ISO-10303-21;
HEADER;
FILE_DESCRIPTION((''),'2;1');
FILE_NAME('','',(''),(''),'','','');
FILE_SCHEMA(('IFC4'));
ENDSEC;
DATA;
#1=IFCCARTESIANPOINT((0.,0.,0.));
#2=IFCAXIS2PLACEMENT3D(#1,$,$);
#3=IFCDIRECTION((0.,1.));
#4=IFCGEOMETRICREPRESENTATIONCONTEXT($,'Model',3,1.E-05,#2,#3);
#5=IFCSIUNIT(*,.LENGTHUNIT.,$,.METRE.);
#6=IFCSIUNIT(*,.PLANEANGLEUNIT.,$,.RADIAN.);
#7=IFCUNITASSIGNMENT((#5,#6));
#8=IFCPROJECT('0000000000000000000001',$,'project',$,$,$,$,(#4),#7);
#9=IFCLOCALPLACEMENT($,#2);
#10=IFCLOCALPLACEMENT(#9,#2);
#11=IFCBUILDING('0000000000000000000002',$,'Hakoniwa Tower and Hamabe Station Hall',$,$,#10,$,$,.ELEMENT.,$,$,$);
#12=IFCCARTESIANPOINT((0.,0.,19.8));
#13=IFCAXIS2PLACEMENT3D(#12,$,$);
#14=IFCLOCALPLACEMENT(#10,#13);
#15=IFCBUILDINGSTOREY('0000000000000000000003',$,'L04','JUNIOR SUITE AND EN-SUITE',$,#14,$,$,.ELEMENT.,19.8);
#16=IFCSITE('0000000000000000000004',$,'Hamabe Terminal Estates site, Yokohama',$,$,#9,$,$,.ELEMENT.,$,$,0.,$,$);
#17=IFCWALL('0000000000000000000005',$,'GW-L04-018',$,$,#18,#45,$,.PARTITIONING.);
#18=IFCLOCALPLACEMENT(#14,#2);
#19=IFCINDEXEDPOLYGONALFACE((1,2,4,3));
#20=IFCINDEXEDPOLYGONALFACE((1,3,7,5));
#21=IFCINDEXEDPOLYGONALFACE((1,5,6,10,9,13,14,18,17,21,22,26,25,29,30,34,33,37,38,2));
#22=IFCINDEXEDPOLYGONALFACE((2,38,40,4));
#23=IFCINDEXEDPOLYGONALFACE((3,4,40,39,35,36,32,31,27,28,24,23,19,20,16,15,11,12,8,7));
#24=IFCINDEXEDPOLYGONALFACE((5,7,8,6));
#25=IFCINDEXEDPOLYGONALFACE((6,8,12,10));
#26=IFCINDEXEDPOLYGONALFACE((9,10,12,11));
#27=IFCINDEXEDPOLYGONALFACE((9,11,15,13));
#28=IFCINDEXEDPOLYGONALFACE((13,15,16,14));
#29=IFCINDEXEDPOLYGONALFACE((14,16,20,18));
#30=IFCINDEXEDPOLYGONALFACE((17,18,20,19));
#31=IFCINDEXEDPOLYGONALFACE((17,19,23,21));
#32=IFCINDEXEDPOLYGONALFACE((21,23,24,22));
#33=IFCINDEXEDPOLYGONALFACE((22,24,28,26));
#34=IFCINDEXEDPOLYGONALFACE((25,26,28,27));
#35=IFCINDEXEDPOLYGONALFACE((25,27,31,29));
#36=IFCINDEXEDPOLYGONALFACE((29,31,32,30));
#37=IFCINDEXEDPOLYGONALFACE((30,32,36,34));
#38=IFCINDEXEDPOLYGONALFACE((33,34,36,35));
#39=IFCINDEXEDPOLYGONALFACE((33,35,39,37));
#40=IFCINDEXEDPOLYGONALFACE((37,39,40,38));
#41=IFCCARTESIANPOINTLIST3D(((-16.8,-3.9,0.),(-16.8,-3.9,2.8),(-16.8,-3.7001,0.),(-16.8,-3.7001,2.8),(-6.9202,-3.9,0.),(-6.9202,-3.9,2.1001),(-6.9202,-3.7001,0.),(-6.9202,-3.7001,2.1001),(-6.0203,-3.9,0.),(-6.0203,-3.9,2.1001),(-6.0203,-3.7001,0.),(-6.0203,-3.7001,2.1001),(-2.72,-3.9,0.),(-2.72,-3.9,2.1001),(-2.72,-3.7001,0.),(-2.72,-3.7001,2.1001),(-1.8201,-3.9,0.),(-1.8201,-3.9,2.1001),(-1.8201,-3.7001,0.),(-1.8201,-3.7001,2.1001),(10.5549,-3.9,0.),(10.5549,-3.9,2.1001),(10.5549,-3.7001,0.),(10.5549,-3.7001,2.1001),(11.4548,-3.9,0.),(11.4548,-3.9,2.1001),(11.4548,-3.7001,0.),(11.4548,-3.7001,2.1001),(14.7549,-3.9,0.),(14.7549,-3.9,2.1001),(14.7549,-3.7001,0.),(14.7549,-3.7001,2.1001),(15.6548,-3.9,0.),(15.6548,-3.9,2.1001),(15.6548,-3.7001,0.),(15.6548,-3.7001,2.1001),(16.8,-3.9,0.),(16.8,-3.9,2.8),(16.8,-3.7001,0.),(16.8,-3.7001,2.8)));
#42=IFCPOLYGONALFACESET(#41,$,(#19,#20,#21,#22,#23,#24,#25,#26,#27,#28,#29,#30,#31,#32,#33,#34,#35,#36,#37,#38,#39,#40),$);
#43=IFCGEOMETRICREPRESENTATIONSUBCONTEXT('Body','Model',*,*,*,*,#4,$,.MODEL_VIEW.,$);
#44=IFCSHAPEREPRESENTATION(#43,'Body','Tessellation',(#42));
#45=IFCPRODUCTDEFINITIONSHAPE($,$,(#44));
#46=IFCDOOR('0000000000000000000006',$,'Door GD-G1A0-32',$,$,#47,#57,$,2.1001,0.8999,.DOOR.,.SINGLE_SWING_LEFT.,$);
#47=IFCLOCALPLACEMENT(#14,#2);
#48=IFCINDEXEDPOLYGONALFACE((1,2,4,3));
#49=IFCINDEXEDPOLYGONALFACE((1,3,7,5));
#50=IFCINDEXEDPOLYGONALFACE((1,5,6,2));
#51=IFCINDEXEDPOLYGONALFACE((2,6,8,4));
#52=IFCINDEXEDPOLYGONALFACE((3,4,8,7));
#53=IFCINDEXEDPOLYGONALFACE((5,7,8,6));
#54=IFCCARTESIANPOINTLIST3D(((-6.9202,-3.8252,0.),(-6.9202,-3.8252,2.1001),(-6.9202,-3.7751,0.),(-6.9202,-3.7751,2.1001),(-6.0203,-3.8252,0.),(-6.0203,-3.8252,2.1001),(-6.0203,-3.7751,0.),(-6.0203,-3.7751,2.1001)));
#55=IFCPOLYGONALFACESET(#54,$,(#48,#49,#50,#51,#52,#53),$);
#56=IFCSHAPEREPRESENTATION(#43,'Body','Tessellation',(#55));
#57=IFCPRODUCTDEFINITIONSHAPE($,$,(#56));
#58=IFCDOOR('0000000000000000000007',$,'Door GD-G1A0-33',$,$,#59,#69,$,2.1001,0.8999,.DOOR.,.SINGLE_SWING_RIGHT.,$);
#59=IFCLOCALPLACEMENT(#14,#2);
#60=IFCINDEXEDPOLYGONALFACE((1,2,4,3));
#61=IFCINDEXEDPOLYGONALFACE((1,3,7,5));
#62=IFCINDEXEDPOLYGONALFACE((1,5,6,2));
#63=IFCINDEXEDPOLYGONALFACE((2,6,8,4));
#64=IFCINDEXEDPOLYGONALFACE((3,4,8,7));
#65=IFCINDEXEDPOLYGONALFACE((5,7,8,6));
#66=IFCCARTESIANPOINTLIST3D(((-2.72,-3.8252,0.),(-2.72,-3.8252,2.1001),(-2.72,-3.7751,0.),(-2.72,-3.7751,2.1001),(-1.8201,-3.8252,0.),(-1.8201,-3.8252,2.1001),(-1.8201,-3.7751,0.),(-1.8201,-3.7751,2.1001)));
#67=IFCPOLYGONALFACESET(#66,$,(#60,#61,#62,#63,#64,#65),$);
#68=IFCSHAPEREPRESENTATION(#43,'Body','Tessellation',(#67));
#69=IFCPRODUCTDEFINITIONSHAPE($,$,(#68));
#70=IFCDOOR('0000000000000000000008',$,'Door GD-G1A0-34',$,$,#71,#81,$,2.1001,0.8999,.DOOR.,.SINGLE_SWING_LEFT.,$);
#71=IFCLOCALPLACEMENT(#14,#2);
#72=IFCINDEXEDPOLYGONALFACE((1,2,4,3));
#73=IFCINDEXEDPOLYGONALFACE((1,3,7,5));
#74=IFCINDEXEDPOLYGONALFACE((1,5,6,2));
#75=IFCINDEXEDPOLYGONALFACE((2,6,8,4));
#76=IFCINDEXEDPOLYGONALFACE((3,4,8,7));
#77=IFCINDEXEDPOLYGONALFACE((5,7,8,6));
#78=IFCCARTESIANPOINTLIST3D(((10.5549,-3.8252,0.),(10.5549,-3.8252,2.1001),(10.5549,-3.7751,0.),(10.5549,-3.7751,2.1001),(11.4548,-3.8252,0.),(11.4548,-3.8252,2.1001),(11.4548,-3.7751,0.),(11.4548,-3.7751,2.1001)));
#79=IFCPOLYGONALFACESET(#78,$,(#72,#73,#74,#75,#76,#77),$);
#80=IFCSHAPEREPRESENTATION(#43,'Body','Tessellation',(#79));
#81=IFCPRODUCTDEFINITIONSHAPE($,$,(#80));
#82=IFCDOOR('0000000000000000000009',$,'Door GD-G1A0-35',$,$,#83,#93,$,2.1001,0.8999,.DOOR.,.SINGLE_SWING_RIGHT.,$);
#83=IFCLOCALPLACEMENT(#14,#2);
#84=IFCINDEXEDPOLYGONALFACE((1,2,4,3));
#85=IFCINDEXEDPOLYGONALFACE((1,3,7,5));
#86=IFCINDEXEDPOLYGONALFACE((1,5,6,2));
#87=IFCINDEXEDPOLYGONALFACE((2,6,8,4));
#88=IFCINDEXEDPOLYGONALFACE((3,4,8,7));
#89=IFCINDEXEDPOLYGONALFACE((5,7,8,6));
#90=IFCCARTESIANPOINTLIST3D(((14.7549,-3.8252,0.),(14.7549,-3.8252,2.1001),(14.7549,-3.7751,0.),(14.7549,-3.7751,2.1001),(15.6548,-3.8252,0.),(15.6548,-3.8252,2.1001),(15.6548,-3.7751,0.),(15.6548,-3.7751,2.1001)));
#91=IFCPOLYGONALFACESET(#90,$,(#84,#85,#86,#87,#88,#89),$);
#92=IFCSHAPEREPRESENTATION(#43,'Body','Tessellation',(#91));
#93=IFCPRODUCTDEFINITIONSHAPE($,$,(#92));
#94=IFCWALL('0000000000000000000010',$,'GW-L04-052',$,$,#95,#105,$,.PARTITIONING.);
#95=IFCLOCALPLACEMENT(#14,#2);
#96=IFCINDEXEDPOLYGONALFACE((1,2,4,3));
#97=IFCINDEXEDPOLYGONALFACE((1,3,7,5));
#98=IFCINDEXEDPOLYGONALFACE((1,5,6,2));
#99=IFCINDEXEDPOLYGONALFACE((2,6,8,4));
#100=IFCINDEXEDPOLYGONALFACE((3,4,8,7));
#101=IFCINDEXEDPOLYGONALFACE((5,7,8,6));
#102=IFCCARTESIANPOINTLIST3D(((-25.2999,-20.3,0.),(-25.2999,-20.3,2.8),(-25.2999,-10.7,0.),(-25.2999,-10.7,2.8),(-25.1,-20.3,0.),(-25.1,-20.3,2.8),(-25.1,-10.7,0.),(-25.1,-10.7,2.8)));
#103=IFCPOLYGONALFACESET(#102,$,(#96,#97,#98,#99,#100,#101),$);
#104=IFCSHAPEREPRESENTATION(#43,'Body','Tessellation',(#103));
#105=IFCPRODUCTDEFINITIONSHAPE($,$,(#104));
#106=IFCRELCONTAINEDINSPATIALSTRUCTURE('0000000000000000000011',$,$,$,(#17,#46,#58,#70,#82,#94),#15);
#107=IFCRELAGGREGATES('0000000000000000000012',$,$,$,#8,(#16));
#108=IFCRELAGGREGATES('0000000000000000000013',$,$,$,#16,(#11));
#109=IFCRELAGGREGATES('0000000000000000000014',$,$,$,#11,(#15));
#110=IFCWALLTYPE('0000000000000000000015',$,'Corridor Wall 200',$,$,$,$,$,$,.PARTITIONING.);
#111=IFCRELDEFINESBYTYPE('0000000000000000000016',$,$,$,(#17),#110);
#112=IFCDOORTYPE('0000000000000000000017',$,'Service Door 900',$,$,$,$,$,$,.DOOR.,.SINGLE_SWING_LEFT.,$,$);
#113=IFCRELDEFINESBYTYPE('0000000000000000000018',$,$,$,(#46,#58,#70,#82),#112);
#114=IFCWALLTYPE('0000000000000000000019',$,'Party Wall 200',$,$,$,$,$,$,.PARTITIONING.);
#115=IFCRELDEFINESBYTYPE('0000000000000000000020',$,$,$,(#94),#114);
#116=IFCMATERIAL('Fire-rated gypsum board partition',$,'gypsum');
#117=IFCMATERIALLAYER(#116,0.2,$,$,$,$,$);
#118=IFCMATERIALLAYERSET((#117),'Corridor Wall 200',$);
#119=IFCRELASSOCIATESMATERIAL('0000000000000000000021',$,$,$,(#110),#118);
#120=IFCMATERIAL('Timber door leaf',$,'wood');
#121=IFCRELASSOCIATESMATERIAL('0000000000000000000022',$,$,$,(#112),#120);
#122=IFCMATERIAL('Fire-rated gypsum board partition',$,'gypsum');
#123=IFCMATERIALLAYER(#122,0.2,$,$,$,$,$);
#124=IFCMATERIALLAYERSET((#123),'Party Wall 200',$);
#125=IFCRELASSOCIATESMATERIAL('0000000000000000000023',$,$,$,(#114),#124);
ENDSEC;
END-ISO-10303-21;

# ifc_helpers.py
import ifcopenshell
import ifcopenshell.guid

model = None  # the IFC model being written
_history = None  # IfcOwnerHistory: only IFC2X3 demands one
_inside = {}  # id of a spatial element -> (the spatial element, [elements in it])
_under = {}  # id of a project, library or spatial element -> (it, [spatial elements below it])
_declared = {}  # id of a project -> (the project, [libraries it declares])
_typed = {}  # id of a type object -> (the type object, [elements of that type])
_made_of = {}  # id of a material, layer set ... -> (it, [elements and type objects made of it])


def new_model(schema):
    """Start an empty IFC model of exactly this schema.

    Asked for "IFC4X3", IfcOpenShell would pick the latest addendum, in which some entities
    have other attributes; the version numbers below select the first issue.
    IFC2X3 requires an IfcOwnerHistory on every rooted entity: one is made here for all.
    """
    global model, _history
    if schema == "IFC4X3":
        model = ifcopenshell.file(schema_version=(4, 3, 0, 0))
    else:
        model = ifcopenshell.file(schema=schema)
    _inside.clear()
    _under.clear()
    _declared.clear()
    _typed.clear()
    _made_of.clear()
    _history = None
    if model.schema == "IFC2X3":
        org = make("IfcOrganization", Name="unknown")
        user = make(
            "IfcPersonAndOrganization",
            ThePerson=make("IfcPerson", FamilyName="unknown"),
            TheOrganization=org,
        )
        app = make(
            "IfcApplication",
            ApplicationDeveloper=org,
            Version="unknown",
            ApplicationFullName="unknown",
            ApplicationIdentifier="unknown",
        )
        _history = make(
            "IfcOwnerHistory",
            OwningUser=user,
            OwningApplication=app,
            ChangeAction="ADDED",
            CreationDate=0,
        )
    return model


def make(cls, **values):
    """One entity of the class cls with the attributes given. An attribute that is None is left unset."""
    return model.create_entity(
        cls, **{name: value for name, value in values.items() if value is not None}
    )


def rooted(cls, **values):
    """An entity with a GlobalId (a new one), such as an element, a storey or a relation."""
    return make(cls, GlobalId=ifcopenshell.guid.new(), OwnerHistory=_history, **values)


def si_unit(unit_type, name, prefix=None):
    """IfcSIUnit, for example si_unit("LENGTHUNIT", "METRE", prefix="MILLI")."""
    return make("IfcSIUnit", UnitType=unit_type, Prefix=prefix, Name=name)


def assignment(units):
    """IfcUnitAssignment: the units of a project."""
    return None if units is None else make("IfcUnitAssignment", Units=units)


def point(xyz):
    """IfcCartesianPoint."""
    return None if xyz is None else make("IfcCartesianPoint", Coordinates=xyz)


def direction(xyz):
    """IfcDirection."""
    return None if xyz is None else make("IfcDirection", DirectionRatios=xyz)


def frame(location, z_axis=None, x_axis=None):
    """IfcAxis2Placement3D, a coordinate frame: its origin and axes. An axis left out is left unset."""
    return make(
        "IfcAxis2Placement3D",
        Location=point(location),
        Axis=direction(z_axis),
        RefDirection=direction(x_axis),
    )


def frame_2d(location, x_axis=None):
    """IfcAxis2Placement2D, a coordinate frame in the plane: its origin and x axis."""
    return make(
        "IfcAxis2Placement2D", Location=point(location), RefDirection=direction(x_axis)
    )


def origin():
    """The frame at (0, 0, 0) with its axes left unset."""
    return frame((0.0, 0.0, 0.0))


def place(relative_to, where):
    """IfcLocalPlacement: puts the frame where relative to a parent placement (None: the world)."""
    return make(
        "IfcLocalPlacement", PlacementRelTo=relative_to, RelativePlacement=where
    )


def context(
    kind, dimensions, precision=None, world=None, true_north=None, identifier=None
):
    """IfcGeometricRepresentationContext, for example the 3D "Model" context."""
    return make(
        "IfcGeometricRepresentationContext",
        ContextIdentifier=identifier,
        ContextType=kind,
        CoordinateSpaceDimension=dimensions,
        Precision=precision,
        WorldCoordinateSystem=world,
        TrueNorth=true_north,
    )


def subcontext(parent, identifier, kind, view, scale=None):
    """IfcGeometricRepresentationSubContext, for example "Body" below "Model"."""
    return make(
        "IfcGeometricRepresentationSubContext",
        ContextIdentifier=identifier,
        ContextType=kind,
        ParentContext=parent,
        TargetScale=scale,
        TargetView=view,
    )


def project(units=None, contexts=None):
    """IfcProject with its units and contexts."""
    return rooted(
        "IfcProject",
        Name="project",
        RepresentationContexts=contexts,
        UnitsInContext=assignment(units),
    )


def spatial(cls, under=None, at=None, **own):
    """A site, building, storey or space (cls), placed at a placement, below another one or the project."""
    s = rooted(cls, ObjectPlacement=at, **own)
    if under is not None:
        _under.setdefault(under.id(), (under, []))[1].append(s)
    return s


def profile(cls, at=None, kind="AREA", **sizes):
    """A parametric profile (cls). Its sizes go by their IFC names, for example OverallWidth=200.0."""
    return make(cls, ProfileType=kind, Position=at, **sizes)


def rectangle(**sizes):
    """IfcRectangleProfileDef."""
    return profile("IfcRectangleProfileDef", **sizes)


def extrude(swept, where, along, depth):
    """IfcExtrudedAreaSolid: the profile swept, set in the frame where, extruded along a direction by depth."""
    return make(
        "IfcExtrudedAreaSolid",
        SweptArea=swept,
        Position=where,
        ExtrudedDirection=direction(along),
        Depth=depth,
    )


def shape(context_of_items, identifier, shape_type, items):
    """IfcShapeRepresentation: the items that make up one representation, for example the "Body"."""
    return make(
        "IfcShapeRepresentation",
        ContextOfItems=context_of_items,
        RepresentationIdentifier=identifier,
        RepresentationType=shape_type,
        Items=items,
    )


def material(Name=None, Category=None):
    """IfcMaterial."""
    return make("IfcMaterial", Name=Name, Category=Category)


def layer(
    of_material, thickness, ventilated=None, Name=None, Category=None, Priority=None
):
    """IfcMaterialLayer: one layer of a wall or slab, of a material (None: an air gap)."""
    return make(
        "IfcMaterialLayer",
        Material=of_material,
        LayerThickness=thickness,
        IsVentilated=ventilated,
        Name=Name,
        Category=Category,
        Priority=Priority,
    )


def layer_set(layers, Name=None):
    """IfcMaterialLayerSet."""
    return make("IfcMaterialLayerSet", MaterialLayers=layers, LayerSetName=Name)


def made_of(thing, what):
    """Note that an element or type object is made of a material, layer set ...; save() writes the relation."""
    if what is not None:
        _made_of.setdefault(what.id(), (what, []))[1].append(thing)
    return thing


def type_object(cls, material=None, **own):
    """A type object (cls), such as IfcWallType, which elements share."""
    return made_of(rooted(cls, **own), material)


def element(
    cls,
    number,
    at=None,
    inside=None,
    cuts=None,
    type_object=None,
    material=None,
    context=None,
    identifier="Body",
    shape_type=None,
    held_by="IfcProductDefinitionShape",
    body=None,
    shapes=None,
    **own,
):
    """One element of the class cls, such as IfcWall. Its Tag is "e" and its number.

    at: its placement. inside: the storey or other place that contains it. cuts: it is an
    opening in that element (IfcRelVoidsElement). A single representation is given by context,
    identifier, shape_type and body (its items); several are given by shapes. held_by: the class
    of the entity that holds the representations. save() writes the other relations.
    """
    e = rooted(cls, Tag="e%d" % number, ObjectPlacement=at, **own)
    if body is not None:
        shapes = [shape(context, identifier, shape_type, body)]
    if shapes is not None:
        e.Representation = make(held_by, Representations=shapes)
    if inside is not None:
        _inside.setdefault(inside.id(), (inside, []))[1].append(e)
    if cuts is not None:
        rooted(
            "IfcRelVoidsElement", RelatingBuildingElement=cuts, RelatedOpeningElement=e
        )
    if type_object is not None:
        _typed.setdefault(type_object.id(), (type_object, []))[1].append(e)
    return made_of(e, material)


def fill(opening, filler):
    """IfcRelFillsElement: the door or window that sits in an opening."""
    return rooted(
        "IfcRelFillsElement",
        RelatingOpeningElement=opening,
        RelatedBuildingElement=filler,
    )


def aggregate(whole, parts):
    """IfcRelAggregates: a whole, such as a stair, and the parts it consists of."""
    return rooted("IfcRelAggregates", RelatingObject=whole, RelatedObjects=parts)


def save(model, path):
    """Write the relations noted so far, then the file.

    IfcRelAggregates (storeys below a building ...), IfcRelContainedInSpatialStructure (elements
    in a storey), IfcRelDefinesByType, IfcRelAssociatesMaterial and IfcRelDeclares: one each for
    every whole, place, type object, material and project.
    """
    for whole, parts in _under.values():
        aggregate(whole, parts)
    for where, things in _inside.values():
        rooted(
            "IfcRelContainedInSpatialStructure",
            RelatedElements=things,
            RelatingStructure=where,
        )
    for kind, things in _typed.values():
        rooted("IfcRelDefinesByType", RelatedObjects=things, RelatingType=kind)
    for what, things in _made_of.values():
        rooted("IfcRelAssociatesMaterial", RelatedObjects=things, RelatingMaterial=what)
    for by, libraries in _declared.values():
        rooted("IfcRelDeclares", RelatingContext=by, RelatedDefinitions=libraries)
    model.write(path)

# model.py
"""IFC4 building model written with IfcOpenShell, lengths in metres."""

from ifc_helpers import new_model, si_unit, direction, frame, frame_2d, origin, place, context, subcontext, project, spatial, rectangle, extrude, material, layer, layer_set, type_object, element, fill, save


model = new_model("IFC4")

# Units and contexts
model_context = context("Model", 3, precision=1e-05, world=origin(), true_north=direction((0.0, 1.0)))
body_context = subcontext(model_context, "Body", "Model", "MODEL_VIEW")
ifc_project = project(units=[si_unit("LENGTHUNIT", "METRE"), si_unit("PLANEANGLEUNIT", "RADIAN")], contexts=[model_context])

# Site, building, storey
site_placement = place(None, origin())
site = spatial("IfcSite", under=ifc_project, at=site_placement, Name="Hamabe Terminal Estates site, Yokohama", CompositionType="ELEMENT", RefElevation=0.0)
building_placement = place(site_placement, origin())
building = spatial("IfcBuilding", under=site, at=building_placement, Name="Hakoniwa Tower and Hamabe Station Hall", CompositionType="ELEMENT")
storey_placement = place(building_placement, frame((0.0, 0.0, 19.8)))
storey = spatial("IfcBuildingStorey", under=building, at=storey_placement, Name="L04", Description="JUNIOR SUITE AND EN-SUITE", CompositionType="ELEMENT", Elevation=19.8)

# Wall, openings, doors
ifc_material_1 = material(Name="Fire-rated gypsum board partition", Category="gypsum")
ifc_layer_1 = layer(ifc_material_1, 0.2)
ifc_layer_set_1 = layer_set([ifc_layer_1], Name="Corridor Wall 200")
wall_type_1 = type_object("IfcWallType", Name="Corridor Wall 200", PredefinedType="PARTITIONING", material=ifc_layer_set_1)
wall_1_placement = place(storey_placement, frame((-16.8, -3.8, 0.0), z_axis=(0.0, 0.0, 1.0), x_axis=(1.0, 0.0, 0.0)))
wall_1 = element("IfcWall", 1, at=wall_1_placement, inside=storey, type_object=wall_type_1, Name="GW-L04-018", PredefinedType="PARTITIONING", context=body_context, shape_type="SweptSolid", body=[
    extrude(rectangle(XDim=33.6001, YDim=0.2, at=frame_2d((16.8, 0.0))), origin(), (0.0, 0.0, 1.0), 2.8),
])
opening_1_placement = place(wall_1_placement, frame((9.8799, 0.0, 0.0)))
opening_1 = element("IfcOpeningElement", 2, at=opening_1_placement, cuts=wall_1, PredefinedType="OPENING", context=body_context, shape_type="SweptSolid", body=[
    extrude(rectangle(XDim=0.8999, YDim=2.1001, at=frame_2d((0.45, 1.05))), frame((0.0, 0.1099, 0.0), z_axis=(0.0, -1.0, 0.0), x_axis=(1.0, 0.0, 0.0)), (0.0, 0.0, 1.0), 0.22),
])
opening_2_placement = place(wall_1_placement, frame((14.0801, 0.0, 0.0)))
opening_2 = element("IfcOpeningElement", 3, at=opening_2_placement, cuts=wall_1, PredefinedType="OPENING", context=body_context, shape_type="SweptSolid", body=[
    extrude(rectangle(XDim=0.8999, YDim=2.1001, at=frame_2d((0.45, 1.05))), frame((0.0, 0.1099, 0.0), z_axis=(0.0, -1.0, 0.0), x_axis=(1.0, 0.0, 0.0)), (0.0, 0.0, 1.0), 0.22),
])
opening_3_placement = place(wall_1_placement, frame((27.355, 0.0, 0.0)))
opening_3 = element("IfcOpeningElement", 4, at=opening_3_placement, cuts=wall_1, PredefinedType="OPENING", context=body_context, shape_type="SweptSolid", body=[
    extrude(rectangle(XDim=0.8999, YDim=2.1001, at=frame_2d((0.45, 1.05))), frame((0.0, 0.1099, 0.0), z_axis=(0.0, -1.0, 0.0), x_axis=(1.0, 0.0, 0.0)), (0.0, 0.0, 1.0), 0.22),
])
opening_4_placement = place(wall_1_placement, frame((31.5549, 0.0, 0.0)))
opening_4 = element("IfcOpeningElement", 5, at=opening_4_placement, cuts=wall_1, PredefinedType="OPENING", context=body_context, shape_type="SweptSolid", body=[
    extrude(rectangle(XDim=0.8999, YDim=2.1001, at=frame_2d((0.45, 1.05))), frame((0.0, 0.1099, 0.0), z_axis=(0.0, -1.0, 0.0), x_axis=(1.0, 0.0, 0.0)), (0.0, 0.0, 1.0), 0.22),
])
ifc_material_2 = material(Name="Timber door leaf", Category="wood")
door_type_1 = type_object("IfcDoorType", Name="Service Door 900", OperationType="SINGLE_SWING_LEFT", PredefinedType="DOOR", material=ifc_material_2)
door_1_placement = place(opening_1_placement, origin())
door_1 = element("IfcDoor", 6, at=door_1_placement, inside=storey, type_object=door_type_1, Name="Door GD-G1A0-32", OperationType="SINGLE_SWING_LEFT", OverallHeight=2.1001, OverallWidth=0.8999, PredefinedType="DOOR", context=body_context, shape_type="SweptSolid", body=[
    extrude(rectangle(XDim=0.8999, YDim=2.1001, at=frame_2d((0.45, 1.05))), frame((0.0, 0.0249, 0.0), z_axis=(0.0, -1.0, 0.0), x_axis=(1.0, 0.0, 0.0)), (0.0, 0.0, 1.0), 0.05),
])
fill(opening_1, door_1)
door_2_placement = place(opening_2_placement, origin())
door_2 = element("IfcDoor", 7, at=door_2_placement, inside=storey, type_object=door_type_1, Name="Door GD-G1A0-33", OperationType="SINGLE_SWING_RIGHT", OverallHeight=2.1001, OverallWidth=0.8999, PredefinedType="DOOR", context=body_context, shape_type="SweptSolid", body=[
    extrude(rectangle(XDim=0.8999, YDim=2.1001, at=frame_2d((0.45, 1.05))), frame((0.0, 0.0249, 0.0), z_axis=(0.0, -1.0, 0.0), x_axis=(1.0, 0.0, 0.0)), (0.0, 0.0, 1.0), 0.05),
])
fill(opening_2, door_2)
door_3_placement = place(opening_3_placement, origin())
door_3 = element("IfcDoor", 8, at=door_3_placement, inside=storey, type_object=door_type_1, Name="Door GD-G1A0-34", OperationType="SINGLE_SWING_LEFT", OverallHeight=2.1001, OverallWidth=0.8999, PredefinedType="DOOR", context=body_context, shape_type="SweptSolid", body=[
    extrude(rectangle(XDim=0.8999, YDim=2.1001, at=frame_2d((0.45, 1.05))), frame((0.0, 0.0249, 0.0), z_axis=(0.0, -1.0, 0.0), x_axis=(1.0, 0.0, 0.0)), (0.0, 0.0, 1.0), 0.05),
])
fill(opening_3, door_3)
door_4_placement = place(opening_4_placement, origin())
door_4 = element("IfcDoor", 9, at=door_4_placement, inside=storey, type_object=door_type_1, Name="Door GD-G1A0-35", OperationType="SINGLE_SWING_RIGHT", OverallHeight=2.1001, OverallWidth=0.8999, PredefinedType="DOOR", context=body_context, shape_type="SweptSolid", body=[
    extrude(rectangle(XDim=0.8999, YDim=2.1001, at=frame_2d((0.45, 1.05))), frame((0.0, 0.0249, 0.0), z_axis=(0.0, -1.0, 0.0), x_axis=(1.0, 0.0, 0.0)), (0.0, 0.0, 1.0), 0.05),
])
fill(opening_4, door_4)

# Wall
ifc_material_3 = material(Name="Fire-rated gypsum board partition", Category="gypsum")
ifc_layer_2 = layer(ifc_material_3, 0.2)
ifc_layer_set_2 = layer_set([ifc_layer_2], Name="Party Wall 200")
wall_type_2 = type_object("IfcWallType", Name="Party Wall 200", PredefinedType="PARTITIONING", material=ifc_layer_set_2)
wall_2_placement = place(storey_placement, frame((-25.2, -20.3, 0.0), z_axis=(0.0, 0.0, 1.0), x_axis=(0.0, 1.0, 0.0)))
element("IfcWall", 10, at=wall_2_placement, inside=storey, type_object=wall_type_2, Name="GW-L04-052", PredefinedType="PARTITIONING", context=body_context, shape_type="SweptSolid", body=[
    extrude(rectangle(XDim=9.6001, YDim=0.2, at=frame_2d((4.8, 0.0))), origin(), (0.0, 0.0, 1.0), 2.8),
])

save(model, "model.ifc")
